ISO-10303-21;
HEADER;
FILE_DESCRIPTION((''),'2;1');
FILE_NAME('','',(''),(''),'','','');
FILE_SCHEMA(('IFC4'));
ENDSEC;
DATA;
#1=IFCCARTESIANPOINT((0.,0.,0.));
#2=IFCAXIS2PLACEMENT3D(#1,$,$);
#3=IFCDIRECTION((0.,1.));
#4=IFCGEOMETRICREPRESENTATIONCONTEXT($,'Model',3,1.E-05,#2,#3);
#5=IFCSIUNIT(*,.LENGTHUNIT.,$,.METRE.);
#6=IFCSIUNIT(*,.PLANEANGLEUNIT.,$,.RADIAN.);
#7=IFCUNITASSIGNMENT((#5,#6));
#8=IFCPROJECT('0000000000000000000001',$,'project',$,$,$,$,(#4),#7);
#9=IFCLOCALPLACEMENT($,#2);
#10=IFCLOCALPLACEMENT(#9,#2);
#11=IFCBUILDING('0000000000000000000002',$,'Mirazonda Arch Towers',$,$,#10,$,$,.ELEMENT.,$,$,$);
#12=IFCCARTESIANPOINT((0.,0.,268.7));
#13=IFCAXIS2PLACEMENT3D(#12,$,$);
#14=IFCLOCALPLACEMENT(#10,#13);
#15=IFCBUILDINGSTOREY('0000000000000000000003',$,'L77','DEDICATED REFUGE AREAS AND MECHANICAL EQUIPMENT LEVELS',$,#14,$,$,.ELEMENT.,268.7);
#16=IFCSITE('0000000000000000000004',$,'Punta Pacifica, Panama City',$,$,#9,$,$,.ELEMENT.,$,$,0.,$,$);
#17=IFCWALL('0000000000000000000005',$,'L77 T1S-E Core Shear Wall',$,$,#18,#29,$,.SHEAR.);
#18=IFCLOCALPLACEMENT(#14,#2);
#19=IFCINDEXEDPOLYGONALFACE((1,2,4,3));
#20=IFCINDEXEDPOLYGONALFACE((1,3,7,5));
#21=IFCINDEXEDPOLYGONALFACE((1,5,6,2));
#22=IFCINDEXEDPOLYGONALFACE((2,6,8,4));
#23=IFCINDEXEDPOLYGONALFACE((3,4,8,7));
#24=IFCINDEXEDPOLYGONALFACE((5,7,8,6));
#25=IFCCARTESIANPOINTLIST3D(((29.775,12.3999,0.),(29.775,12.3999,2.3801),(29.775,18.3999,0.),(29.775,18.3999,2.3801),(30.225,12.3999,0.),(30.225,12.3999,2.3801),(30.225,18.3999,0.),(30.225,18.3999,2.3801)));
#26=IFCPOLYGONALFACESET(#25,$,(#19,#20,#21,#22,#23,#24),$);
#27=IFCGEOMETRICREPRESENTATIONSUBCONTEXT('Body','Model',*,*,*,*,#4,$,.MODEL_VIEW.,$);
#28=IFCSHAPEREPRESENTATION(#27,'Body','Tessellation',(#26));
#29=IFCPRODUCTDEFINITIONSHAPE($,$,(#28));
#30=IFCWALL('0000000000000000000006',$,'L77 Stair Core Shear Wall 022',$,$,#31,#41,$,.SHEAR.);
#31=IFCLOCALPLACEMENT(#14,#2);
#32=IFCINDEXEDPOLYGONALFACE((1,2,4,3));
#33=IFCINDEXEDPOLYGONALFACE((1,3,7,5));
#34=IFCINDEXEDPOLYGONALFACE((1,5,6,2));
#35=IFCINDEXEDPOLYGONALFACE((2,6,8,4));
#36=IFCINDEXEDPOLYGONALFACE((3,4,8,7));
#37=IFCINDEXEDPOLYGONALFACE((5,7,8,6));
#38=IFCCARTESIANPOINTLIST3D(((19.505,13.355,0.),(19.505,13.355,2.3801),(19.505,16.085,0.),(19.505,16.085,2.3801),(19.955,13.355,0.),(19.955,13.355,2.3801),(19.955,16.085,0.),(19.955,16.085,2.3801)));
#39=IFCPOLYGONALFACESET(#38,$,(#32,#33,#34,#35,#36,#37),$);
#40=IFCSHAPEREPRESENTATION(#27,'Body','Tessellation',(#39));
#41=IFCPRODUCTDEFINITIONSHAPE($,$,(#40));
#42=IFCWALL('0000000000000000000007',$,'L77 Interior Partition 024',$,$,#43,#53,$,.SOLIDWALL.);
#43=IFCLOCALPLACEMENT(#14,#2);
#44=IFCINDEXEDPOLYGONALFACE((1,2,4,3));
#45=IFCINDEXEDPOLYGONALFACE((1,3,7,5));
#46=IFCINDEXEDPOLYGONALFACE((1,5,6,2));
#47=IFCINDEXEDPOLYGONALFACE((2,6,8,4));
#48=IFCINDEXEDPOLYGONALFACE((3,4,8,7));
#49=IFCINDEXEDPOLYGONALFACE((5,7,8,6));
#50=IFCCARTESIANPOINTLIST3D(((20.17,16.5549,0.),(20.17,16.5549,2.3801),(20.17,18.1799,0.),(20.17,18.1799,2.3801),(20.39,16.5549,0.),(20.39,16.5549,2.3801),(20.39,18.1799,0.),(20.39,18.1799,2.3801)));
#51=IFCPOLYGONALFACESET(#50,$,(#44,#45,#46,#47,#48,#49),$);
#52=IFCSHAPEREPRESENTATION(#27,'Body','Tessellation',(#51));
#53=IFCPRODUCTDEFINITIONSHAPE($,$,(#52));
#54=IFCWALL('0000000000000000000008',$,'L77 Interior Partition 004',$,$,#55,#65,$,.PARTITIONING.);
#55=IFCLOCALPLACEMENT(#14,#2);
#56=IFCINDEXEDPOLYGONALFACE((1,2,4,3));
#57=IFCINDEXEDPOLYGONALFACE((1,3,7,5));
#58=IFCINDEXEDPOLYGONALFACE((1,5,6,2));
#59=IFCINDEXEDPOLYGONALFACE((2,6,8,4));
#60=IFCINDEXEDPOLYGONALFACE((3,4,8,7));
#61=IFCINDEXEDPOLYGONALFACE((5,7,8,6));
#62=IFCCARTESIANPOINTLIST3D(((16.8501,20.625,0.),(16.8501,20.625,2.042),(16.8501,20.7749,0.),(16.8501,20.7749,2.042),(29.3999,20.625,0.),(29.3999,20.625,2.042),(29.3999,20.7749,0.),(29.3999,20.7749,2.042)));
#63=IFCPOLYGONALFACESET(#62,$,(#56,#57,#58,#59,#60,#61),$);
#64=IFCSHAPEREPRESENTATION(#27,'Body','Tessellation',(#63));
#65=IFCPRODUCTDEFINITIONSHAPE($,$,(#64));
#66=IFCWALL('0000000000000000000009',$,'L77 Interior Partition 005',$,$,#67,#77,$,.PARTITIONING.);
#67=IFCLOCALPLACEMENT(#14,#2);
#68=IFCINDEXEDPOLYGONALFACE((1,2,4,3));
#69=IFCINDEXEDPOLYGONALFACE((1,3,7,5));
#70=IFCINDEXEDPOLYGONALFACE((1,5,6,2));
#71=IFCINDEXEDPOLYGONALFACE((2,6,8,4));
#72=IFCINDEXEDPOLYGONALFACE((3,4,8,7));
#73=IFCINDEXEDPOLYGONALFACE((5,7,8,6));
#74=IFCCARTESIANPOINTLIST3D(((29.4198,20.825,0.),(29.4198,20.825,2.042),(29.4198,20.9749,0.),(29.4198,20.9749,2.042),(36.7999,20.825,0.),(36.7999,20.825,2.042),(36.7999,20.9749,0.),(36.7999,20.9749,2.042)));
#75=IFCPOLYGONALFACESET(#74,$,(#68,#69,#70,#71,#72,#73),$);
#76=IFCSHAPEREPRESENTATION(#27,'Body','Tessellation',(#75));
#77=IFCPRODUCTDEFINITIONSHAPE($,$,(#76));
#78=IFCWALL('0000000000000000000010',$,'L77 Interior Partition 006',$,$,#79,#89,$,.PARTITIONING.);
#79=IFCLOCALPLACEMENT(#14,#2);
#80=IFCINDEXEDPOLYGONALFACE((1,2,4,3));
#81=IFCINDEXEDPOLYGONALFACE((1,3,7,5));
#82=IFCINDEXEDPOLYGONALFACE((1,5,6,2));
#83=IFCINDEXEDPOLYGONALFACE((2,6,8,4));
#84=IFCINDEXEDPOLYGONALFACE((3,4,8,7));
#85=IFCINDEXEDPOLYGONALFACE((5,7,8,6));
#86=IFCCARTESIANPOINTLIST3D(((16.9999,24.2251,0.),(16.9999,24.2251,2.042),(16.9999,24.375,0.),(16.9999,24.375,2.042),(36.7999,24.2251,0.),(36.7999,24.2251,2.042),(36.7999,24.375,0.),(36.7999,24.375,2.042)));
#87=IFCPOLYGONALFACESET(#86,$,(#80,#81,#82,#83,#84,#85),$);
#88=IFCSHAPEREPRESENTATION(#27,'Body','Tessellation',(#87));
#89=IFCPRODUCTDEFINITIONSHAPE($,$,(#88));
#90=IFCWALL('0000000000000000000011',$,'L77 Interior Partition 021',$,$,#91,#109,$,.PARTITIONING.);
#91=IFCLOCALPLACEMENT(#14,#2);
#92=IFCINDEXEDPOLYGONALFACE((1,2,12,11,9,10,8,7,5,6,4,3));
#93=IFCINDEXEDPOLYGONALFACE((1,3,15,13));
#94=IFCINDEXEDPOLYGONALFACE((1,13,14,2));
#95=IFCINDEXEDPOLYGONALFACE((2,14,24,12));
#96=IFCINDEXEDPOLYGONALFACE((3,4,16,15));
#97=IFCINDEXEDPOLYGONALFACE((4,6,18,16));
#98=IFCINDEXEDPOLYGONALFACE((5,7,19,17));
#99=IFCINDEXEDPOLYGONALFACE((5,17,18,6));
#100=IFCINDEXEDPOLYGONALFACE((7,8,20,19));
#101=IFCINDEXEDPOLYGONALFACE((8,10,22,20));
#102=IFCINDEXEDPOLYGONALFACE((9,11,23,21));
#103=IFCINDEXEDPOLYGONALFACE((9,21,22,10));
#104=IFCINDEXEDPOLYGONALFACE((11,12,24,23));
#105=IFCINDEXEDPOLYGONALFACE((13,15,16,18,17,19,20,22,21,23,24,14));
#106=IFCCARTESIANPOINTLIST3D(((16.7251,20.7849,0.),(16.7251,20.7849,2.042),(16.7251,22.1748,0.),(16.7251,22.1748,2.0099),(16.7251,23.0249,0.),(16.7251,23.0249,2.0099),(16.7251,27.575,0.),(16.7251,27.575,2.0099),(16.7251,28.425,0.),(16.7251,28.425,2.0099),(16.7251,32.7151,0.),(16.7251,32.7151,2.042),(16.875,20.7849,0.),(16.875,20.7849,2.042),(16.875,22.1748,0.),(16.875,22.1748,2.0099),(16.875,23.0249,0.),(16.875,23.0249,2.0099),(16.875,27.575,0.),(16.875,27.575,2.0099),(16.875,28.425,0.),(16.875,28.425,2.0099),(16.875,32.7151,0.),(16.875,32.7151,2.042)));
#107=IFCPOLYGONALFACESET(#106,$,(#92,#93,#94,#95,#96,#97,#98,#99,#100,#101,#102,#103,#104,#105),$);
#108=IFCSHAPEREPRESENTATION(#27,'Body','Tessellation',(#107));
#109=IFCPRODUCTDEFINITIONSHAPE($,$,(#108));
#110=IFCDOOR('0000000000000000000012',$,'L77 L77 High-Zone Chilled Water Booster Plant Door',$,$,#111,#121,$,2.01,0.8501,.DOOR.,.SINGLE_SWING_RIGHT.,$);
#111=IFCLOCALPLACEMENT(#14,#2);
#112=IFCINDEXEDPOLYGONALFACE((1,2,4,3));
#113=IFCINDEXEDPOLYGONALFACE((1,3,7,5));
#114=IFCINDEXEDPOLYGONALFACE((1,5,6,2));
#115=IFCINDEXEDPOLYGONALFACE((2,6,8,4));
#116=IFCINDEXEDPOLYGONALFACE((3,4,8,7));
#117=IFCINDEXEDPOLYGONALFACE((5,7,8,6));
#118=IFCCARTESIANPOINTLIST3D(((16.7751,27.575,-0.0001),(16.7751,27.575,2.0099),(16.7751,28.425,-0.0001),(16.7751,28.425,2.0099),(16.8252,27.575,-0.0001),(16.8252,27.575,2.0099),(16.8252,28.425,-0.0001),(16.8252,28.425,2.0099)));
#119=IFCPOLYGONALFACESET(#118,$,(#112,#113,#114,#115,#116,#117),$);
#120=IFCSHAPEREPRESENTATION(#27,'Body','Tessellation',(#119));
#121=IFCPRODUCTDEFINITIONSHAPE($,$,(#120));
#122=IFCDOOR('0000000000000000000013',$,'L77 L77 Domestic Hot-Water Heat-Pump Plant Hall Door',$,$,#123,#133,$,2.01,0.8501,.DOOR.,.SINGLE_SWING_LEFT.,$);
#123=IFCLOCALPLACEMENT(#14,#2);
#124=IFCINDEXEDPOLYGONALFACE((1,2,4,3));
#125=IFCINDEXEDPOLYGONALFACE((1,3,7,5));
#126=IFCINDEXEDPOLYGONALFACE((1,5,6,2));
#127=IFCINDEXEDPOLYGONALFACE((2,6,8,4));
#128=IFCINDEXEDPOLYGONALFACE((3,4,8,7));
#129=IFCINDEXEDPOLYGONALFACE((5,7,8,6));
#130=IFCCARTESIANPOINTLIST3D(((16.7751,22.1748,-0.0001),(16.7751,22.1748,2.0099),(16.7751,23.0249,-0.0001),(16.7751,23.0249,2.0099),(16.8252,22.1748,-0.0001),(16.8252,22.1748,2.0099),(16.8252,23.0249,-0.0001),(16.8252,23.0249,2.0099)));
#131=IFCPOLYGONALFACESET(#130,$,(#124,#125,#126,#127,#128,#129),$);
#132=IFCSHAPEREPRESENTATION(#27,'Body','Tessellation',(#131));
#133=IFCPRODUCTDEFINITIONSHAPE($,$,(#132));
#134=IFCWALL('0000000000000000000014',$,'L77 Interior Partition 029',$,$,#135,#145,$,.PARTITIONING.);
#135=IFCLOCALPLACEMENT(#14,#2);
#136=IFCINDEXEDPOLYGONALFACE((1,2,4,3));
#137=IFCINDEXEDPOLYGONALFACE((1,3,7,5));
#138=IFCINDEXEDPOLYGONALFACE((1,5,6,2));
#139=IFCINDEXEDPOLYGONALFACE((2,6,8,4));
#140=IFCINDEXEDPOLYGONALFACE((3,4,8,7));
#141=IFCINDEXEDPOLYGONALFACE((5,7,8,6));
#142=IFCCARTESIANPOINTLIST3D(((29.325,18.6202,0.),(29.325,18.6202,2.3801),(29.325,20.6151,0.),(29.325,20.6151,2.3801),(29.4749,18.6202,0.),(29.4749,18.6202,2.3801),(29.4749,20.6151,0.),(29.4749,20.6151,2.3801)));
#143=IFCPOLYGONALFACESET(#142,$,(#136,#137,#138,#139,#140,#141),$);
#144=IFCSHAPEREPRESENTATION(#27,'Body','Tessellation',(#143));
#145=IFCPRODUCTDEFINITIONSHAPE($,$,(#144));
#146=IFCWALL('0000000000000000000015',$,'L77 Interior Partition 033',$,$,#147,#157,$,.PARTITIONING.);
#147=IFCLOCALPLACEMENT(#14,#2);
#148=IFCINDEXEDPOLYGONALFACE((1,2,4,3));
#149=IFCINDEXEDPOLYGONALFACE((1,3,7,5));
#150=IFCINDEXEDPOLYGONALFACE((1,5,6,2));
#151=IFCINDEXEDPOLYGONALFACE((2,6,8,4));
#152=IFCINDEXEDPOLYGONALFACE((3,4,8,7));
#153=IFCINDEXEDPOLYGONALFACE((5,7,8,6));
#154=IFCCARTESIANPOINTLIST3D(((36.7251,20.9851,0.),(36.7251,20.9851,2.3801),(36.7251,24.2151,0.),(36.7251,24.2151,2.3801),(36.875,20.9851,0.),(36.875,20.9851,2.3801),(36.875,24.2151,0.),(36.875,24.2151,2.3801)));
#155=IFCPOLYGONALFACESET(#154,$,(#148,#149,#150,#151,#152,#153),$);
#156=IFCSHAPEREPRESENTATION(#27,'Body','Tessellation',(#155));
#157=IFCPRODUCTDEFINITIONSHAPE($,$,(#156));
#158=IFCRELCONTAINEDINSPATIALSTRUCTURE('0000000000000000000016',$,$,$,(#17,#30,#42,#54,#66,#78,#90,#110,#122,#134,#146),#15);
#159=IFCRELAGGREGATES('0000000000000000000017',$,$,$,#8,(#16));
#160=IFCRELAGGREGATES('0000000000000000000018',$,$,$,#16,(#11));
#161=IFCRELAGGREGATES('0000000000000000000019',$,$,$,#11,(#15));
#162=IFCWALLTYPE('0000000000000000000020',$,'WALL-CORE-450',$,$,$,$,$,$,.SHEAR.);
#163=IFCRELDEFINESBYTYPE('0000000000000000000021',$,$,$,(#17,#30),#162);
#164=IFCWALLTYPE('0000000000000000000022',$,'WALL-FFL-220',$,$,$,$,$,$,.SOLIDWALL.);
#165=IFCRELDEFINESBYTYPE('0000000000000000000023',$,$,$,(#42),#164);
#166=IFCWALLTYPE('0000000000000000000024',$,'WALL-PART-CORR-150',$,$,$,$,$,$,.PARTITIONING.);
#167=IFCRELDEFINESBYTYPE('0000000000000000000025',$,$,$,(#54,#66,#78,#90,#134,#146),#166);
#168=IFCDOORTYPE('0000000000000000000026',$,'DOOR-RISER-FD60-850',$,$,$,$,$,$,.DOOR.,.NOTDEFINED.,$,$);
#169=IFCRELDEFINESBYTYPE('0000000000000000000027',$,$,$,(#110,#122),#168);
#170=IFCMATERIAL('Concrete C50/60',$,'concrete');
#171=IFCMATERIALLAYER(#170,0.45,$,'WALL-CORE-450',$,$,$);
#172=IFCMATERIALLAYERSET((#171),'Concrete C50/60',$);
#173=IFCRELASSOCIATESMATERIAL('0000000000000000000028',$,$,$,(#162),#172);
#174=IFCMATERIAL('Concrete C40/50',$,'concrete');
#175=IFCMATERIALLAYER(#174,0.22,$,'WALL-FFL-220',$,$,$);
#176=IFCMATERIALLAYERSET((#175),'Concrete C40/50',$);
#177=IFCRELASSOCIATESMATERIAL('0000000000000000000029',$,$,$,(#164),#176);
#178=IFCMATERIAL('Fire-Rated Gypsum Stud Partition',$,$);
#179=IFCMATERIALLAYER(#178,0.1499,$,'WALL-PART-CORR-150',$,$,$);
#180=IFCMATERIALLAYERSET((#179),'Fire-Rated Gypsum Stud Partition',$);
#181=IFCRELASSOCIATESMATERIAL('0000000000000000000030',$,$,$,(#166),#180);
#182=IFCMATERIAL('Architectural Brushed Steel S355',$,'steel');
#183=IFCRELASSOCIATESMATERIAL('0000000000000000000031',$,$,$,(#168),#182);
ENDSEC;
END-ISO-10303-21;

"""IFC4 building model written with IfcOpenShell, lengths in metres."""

from ifc_helpers import new_model, si_unit, direction, frame, frame_2d, origin, place, context, subcontext, project, spatial, rectangle, extrude, material, layer, layer_set, type_object, element, fill, save


model = new_model("IFC4")

# Units and contexts
model_context = context("Model", 3, precision=1e-05, world=origin(), true_north=direction((0.0, 1.0)))
body_context = subcontext(model_context, "Body", "Model", "MODEL_VIEW")
ifc_project = project(units=[si_unit("LENGTHUNIT", "METRE"), si_unit("PLANEANGLEUNIT", "RADIAN")], contexts=[model_context])

# Site, building, storey
site_placement = place(None, origin())
site = spatial("IfcSite", under=ifc_project, at=site_placement, Name="Punta Pacifica, Panama City", CompositionType="ELEMENT", RefElevation=0.0)
building_placement = place(site_placement, origin())
building = spatial("IfcBuilding", under=site, at=building_placement, Name="Mirazonda Arch Towers", CompositionType="ELEMENT")
storey_placement = place(building_placement, frame((0.0, 0.0, 268.7)))
storey = spatial("IfcBuildingStorey", under=building, at=storey_placement, Name="L77", Description="DEDICATED REFUGE AREAS AND MECHANICAL EQUIPMENT LEVELS", CompositionType="ELEMENT", Elevation=268.7)

# Shared definitions
ifc_material_1 = material(Name="Concrete C50/60", Category="concrete")

# Walls
ifc_layer_1 = layer(ifc_material_1, 0.45, Name="WALL-CORE-450")
ifc_layer_set_1 = layer_set([ifc_layer_1], Name="Concrete C50/60")
wall_type_1 = type_object("IfcWallType", Name="WALL-CORE-450", PredefinedType="SHEAR", material=ifc_layer_set_1)
wall_1_placement = place(storey_placement, frame((30.0, 12.3999, 0.0), z_axis=(0.0, 0.0, 1.0), x_axis=(0.0, 1.0, 0.0)))
element("IfcWall", 1, at=wall_1_placement, inside=storey, type_object=wall_type_1, Name="L77 T1S-E Core Shear Wall", PredefinedType="SHEAR", context=body_context, shape_type="SweptSolid", body=[
    extrude(rectangle(XDim=6.0, YDim=0.45, at=frame_2d((3.0, 0.0))), origin(), (0.0, 0.0, 1.0), 2.3801),
])
wall_2_placement = place(storey_placement, frame((19.73, 13.355, 0.0), z_axis=(0.0, 0.0, 1.0), x_axis=(0.0, 1.0, 0.0)))
element("IfcWall", 2, at=wall_2_placement, inside=storey, type_object=wall_type_1, Name="L77 Stair Core Shear Wall 022", PredefinedType="SHEAR", context=body_context, shape_type="SweptSolid", body=[
    extrude(rectangle(XDim=2.73, YDim=0.45, at=frame_2d((1.365, 0.0))), origin(), (0.0, 0.0, 1.0), 2.3801),
])
ifc_material_2 = material(Name="Concrete C40/50", Category="concrete")
ifc_layer_2 = layer(ifc_material_2, 0.22, Name="WALL-FFL-220")
ifc_layer_set_2 = layer_set([ifc_layer_2], Name="Concrete C40/50")
wall_type_2 = type_object("IfcWallType", Name="WALL-FFL-220", PredefinedType="SOLIDWALL", material=ifc_layer_set_2)
wall_3_placement = place(storey_placement, frame((20.28, 16.5549, 0.0), z_axis=(0.0, 0.0, 1.0), x_axis=(0.0, 1.0, 0.0)))
element("IfcWall", 3, at=wall_3_placement, inside=storey, type_object=wall_type_2, Name="L77 Interior Partition 024", PredefinedType="SOLIDWALL", context=body_context, shape_type="SweptSolid", body=[
    extrude(rectangle(XDim=1.625, YDim=0.22, at=frame_2d((0.8125, 0.0))), origin(), (0.0, 0.0, 1.0), 2.3801),
])
ifc_material_3 = material(Name="Fire-Rated Gypsum Stud Partition")
ifc_layer_3 = layer(ifc_material_3, 0.1499, Name="WALL-PART-CORR-150")
ifc_layer_set_3 = layer_set([ifc_layer_3], Name="Fire-Rated Gypsum Stud Partition")
wall_type_3 = type_object("IfcWallType", Name="WALL-PART-CORR-150", PredefinedType="PARTITIONING", material=ifc_layer_set_3)
wall_4_placement = place(storey_placement, frame((16.8501, 20.7, 0.0), z_axis=(0.0, 0.0, 1.0), x_axis=(1.0, 0.0, 0.0)))
element("IfcWall", 4, at=wall_4_placement, inside=storey, type_object=wall_type_3, Name="L77 Interior Partition 004", PredefinedType="PARTITIONING", context=body_context, shape_type="SweptSolid", body=[
    extrude(rectangle(XDim=12.5498, YDim=0.1499, at=frame_2d((6.2749, 0.0))), origin(), (0.0, 0.0, 1.0), 2.042),
])
wall_5_placement = place(storey_placement, frame((29.4199, 20.8999, 0.0), z_axis=(0.0, 0.0, 1.0), x_axis=(1.0, 0.0, 0.0)))
element("IfcWall", 5, at=wall_5_placement, inside=storey, type_object=wall_type_3, Name="L77 Interior Partition 005", PredefinedType="PARTITIONING", context=body_context, shape_type="SweptSolid", body=[
    extrude(rectangle(XDim=7.3801, YDim=0.1499, at=frame_2d((3.6899, 0.0))), origin(), (0.0, 0.0, 1.0), 2.042),
])
wall_6_placement = place(storey_placement, frame((17.0, 24.3, 0.0), z_axis=(0.0, 0.0, 1.0), x_axis=(1.0, 0.0, 0.0)))
element("IfcWall", 6, at=wall_6_placement, inside=storey, type_object=wall_type_3, Name="L77 Interior Partition 006", PredefinedType="PARTITIONING", context=body_context, shape_type="SweptSolid", body=[
    extrude(rectangle(XDim=19.8, YDim=0.1499, at=frame_2d((9.8999, 0.0))), origin(), (0.0, 0.0, 1.0), 2.042),
])

# Wall, openings, doors
wall_7_placement = place(storey_placement, frame((16.8, 20.7849, 0.0), z_axis=(0.0, 0.0, 1.0), x_axis=(0.0, 1.0, 0.0)))
wall_7 = element("IfcWall", 7, at=wall_7_placement, inside=storey, type_object=wall_type_3, Name="L77 Interior Partition 021", PredefinedType="PARTITIONING", context=body_context, shape_type="SweptSolid", body=[
    extrude(rectangle(XDim=11.9302, YDim=0.1499, at=frame_2d((5.9651, 0.0))), origin(), (0.0, 0.0, 1.0), 2.042),
])
opening_1_placement = place(wall_7_placement, frame((6.79, 0.0, 0.0)))
opening_1 = element("IfcOpeningElement", 8, at=opening_1_placement, cuts=wall_7, PredefinedType="OPENING", context=body_context, shape_type="SweptSolid", body=[
    extrude(rectangle(XDim=0.8501, YDim=2.01, at=frame_2d((0.425, 1.0049))), frame((0.0, 0.085, 0.0), z_axis=(0.0, -1.0, 0.0), x_axis=(1.0, 0.0, 0.0)), (0.0, 0.0, 1.0), 0.1699),
])
opening_2_placement = place(wall_7_placement, frame((1.3899, 0.0, 0.0)))
opening_2 = element("IfcOpeningElement", 9, at=opening_2_placement, cuts=wall_7, PredefinedType="OPENING", context=body_context, shape_type="SweptSolid", body=[
    extrude(rectangle(XDim=0.8501, YDim=2.01, at=frame_2d((0.425, 1.0049))), frame((0.0, 0.085, 0.0), z_axis=(0.0, -1.0, 0.0), x_axis=(1.0, 0.0, 0.0)), (0.0, 0.0, 1.0), 0.1699),
])
ifc_material_4 = material(Name="Architectural Brushed Steel S355", Category="steel")
door_type = type_object("IfcDoorType", Name="DOOR-RISER-FD60-850", OperationType="NOTDEFINED", PredefinedType="DOOR", material=ifc_material_4)
door_1_placement = place(opening_1_placement, origin())
door_1 = element("IfcDoor", 10, at=door_1_placement, inside=storey, type_object=door_type, Name="L77 L77 High-Zone Chilled Water Booster Plant Door", OperationType="SINGLE_SWING_RIGHT", OverallHeight=2.01, OverallWidth=0.8501, PredefinedType="DOOR", context=body_context, shape_type="SweptSolid", body=[
    extrude(rectangle(XDim=0.8501, YDim=2.01, at=frame_2d((0.425, 1.0049))), frame((0.0, 0.0249, 0.0), z_axis=(0.0, -1.0, 0.0), x_axis=(1.0, 0.0, 0.0)), (0.0, 0.0, 1.0), 0.05),
])
fill(opening_1, door_1)
door_2_placement = place(opening_2_placement, origin())
door_2 = element("IfcDoor", 11, at=door_2_placement, inside=storey, type_object=door_type, Name="L77 L77 Domestic Hot-Water Heat-Pump Plant Hall Door", OperationType="SINGLE_SWING_LEFT", OverallHeight=2.01, OverallWidth=0.8501, PredefinedType="DOOR", context=body_context, shape_type="SweptSolid", body=[
    extrude(rectangle(XDim=0.8501, YDim=2.01, at=frame_2d((0.425, 1.0049))), frame((0.0, 0.0249, 0.0), z_axis=(0.0, -1.0, 0.0), x_axis=(1.0, 0.0, 0.0)), (0.0, 0.0, 1.0), 0.05),
])
fill(opening_2, door_2)

# Walls
wall_8_placement = place(storey_placement, frame((29.3999, 18.6201, 0.0), z_axis=(0.0, 0.0, 1.0), x_axis=(0.0, 1.0, 0.0)))
element("IfcWall", 12, at=wall_8_placement, inside=storey, type_object=wall_type_3, Name="L77 Interior Partition 029", PredefinedType="PARTITIONING", context=body_context, shape_type="SweptSolid", body=[
    extrude(rectangle(XDim=1.9949, YDim=0.1499, at=frame_2d((0.9976, 0.0))), origin(), (0.0, 0.0, 1.0), 2.3801),
])
wall_9_placement = place(storey_placement, frame((36.8, 20.9851, 0.0), z_axis=(0.0, 0.0, 1.0), x_axis=(0.0, 1.0, 0.0)))
element("IfcWall", 13, at=wall_9_placement, inside=storey, type_object=wall_type_3, Name="L77 Interior Partition 033", PredefinedType="PARTITIONING", context=body_context, shape_type="SweptSolid", body=[
    extrude(rectangle(XDim=3.23, YDim=0.1499, at=frame_2d((1.615, 0.0))), origin(), (0.0, 0.0, 1.0), 2.3801),
])

save(model, "model.ifc")
